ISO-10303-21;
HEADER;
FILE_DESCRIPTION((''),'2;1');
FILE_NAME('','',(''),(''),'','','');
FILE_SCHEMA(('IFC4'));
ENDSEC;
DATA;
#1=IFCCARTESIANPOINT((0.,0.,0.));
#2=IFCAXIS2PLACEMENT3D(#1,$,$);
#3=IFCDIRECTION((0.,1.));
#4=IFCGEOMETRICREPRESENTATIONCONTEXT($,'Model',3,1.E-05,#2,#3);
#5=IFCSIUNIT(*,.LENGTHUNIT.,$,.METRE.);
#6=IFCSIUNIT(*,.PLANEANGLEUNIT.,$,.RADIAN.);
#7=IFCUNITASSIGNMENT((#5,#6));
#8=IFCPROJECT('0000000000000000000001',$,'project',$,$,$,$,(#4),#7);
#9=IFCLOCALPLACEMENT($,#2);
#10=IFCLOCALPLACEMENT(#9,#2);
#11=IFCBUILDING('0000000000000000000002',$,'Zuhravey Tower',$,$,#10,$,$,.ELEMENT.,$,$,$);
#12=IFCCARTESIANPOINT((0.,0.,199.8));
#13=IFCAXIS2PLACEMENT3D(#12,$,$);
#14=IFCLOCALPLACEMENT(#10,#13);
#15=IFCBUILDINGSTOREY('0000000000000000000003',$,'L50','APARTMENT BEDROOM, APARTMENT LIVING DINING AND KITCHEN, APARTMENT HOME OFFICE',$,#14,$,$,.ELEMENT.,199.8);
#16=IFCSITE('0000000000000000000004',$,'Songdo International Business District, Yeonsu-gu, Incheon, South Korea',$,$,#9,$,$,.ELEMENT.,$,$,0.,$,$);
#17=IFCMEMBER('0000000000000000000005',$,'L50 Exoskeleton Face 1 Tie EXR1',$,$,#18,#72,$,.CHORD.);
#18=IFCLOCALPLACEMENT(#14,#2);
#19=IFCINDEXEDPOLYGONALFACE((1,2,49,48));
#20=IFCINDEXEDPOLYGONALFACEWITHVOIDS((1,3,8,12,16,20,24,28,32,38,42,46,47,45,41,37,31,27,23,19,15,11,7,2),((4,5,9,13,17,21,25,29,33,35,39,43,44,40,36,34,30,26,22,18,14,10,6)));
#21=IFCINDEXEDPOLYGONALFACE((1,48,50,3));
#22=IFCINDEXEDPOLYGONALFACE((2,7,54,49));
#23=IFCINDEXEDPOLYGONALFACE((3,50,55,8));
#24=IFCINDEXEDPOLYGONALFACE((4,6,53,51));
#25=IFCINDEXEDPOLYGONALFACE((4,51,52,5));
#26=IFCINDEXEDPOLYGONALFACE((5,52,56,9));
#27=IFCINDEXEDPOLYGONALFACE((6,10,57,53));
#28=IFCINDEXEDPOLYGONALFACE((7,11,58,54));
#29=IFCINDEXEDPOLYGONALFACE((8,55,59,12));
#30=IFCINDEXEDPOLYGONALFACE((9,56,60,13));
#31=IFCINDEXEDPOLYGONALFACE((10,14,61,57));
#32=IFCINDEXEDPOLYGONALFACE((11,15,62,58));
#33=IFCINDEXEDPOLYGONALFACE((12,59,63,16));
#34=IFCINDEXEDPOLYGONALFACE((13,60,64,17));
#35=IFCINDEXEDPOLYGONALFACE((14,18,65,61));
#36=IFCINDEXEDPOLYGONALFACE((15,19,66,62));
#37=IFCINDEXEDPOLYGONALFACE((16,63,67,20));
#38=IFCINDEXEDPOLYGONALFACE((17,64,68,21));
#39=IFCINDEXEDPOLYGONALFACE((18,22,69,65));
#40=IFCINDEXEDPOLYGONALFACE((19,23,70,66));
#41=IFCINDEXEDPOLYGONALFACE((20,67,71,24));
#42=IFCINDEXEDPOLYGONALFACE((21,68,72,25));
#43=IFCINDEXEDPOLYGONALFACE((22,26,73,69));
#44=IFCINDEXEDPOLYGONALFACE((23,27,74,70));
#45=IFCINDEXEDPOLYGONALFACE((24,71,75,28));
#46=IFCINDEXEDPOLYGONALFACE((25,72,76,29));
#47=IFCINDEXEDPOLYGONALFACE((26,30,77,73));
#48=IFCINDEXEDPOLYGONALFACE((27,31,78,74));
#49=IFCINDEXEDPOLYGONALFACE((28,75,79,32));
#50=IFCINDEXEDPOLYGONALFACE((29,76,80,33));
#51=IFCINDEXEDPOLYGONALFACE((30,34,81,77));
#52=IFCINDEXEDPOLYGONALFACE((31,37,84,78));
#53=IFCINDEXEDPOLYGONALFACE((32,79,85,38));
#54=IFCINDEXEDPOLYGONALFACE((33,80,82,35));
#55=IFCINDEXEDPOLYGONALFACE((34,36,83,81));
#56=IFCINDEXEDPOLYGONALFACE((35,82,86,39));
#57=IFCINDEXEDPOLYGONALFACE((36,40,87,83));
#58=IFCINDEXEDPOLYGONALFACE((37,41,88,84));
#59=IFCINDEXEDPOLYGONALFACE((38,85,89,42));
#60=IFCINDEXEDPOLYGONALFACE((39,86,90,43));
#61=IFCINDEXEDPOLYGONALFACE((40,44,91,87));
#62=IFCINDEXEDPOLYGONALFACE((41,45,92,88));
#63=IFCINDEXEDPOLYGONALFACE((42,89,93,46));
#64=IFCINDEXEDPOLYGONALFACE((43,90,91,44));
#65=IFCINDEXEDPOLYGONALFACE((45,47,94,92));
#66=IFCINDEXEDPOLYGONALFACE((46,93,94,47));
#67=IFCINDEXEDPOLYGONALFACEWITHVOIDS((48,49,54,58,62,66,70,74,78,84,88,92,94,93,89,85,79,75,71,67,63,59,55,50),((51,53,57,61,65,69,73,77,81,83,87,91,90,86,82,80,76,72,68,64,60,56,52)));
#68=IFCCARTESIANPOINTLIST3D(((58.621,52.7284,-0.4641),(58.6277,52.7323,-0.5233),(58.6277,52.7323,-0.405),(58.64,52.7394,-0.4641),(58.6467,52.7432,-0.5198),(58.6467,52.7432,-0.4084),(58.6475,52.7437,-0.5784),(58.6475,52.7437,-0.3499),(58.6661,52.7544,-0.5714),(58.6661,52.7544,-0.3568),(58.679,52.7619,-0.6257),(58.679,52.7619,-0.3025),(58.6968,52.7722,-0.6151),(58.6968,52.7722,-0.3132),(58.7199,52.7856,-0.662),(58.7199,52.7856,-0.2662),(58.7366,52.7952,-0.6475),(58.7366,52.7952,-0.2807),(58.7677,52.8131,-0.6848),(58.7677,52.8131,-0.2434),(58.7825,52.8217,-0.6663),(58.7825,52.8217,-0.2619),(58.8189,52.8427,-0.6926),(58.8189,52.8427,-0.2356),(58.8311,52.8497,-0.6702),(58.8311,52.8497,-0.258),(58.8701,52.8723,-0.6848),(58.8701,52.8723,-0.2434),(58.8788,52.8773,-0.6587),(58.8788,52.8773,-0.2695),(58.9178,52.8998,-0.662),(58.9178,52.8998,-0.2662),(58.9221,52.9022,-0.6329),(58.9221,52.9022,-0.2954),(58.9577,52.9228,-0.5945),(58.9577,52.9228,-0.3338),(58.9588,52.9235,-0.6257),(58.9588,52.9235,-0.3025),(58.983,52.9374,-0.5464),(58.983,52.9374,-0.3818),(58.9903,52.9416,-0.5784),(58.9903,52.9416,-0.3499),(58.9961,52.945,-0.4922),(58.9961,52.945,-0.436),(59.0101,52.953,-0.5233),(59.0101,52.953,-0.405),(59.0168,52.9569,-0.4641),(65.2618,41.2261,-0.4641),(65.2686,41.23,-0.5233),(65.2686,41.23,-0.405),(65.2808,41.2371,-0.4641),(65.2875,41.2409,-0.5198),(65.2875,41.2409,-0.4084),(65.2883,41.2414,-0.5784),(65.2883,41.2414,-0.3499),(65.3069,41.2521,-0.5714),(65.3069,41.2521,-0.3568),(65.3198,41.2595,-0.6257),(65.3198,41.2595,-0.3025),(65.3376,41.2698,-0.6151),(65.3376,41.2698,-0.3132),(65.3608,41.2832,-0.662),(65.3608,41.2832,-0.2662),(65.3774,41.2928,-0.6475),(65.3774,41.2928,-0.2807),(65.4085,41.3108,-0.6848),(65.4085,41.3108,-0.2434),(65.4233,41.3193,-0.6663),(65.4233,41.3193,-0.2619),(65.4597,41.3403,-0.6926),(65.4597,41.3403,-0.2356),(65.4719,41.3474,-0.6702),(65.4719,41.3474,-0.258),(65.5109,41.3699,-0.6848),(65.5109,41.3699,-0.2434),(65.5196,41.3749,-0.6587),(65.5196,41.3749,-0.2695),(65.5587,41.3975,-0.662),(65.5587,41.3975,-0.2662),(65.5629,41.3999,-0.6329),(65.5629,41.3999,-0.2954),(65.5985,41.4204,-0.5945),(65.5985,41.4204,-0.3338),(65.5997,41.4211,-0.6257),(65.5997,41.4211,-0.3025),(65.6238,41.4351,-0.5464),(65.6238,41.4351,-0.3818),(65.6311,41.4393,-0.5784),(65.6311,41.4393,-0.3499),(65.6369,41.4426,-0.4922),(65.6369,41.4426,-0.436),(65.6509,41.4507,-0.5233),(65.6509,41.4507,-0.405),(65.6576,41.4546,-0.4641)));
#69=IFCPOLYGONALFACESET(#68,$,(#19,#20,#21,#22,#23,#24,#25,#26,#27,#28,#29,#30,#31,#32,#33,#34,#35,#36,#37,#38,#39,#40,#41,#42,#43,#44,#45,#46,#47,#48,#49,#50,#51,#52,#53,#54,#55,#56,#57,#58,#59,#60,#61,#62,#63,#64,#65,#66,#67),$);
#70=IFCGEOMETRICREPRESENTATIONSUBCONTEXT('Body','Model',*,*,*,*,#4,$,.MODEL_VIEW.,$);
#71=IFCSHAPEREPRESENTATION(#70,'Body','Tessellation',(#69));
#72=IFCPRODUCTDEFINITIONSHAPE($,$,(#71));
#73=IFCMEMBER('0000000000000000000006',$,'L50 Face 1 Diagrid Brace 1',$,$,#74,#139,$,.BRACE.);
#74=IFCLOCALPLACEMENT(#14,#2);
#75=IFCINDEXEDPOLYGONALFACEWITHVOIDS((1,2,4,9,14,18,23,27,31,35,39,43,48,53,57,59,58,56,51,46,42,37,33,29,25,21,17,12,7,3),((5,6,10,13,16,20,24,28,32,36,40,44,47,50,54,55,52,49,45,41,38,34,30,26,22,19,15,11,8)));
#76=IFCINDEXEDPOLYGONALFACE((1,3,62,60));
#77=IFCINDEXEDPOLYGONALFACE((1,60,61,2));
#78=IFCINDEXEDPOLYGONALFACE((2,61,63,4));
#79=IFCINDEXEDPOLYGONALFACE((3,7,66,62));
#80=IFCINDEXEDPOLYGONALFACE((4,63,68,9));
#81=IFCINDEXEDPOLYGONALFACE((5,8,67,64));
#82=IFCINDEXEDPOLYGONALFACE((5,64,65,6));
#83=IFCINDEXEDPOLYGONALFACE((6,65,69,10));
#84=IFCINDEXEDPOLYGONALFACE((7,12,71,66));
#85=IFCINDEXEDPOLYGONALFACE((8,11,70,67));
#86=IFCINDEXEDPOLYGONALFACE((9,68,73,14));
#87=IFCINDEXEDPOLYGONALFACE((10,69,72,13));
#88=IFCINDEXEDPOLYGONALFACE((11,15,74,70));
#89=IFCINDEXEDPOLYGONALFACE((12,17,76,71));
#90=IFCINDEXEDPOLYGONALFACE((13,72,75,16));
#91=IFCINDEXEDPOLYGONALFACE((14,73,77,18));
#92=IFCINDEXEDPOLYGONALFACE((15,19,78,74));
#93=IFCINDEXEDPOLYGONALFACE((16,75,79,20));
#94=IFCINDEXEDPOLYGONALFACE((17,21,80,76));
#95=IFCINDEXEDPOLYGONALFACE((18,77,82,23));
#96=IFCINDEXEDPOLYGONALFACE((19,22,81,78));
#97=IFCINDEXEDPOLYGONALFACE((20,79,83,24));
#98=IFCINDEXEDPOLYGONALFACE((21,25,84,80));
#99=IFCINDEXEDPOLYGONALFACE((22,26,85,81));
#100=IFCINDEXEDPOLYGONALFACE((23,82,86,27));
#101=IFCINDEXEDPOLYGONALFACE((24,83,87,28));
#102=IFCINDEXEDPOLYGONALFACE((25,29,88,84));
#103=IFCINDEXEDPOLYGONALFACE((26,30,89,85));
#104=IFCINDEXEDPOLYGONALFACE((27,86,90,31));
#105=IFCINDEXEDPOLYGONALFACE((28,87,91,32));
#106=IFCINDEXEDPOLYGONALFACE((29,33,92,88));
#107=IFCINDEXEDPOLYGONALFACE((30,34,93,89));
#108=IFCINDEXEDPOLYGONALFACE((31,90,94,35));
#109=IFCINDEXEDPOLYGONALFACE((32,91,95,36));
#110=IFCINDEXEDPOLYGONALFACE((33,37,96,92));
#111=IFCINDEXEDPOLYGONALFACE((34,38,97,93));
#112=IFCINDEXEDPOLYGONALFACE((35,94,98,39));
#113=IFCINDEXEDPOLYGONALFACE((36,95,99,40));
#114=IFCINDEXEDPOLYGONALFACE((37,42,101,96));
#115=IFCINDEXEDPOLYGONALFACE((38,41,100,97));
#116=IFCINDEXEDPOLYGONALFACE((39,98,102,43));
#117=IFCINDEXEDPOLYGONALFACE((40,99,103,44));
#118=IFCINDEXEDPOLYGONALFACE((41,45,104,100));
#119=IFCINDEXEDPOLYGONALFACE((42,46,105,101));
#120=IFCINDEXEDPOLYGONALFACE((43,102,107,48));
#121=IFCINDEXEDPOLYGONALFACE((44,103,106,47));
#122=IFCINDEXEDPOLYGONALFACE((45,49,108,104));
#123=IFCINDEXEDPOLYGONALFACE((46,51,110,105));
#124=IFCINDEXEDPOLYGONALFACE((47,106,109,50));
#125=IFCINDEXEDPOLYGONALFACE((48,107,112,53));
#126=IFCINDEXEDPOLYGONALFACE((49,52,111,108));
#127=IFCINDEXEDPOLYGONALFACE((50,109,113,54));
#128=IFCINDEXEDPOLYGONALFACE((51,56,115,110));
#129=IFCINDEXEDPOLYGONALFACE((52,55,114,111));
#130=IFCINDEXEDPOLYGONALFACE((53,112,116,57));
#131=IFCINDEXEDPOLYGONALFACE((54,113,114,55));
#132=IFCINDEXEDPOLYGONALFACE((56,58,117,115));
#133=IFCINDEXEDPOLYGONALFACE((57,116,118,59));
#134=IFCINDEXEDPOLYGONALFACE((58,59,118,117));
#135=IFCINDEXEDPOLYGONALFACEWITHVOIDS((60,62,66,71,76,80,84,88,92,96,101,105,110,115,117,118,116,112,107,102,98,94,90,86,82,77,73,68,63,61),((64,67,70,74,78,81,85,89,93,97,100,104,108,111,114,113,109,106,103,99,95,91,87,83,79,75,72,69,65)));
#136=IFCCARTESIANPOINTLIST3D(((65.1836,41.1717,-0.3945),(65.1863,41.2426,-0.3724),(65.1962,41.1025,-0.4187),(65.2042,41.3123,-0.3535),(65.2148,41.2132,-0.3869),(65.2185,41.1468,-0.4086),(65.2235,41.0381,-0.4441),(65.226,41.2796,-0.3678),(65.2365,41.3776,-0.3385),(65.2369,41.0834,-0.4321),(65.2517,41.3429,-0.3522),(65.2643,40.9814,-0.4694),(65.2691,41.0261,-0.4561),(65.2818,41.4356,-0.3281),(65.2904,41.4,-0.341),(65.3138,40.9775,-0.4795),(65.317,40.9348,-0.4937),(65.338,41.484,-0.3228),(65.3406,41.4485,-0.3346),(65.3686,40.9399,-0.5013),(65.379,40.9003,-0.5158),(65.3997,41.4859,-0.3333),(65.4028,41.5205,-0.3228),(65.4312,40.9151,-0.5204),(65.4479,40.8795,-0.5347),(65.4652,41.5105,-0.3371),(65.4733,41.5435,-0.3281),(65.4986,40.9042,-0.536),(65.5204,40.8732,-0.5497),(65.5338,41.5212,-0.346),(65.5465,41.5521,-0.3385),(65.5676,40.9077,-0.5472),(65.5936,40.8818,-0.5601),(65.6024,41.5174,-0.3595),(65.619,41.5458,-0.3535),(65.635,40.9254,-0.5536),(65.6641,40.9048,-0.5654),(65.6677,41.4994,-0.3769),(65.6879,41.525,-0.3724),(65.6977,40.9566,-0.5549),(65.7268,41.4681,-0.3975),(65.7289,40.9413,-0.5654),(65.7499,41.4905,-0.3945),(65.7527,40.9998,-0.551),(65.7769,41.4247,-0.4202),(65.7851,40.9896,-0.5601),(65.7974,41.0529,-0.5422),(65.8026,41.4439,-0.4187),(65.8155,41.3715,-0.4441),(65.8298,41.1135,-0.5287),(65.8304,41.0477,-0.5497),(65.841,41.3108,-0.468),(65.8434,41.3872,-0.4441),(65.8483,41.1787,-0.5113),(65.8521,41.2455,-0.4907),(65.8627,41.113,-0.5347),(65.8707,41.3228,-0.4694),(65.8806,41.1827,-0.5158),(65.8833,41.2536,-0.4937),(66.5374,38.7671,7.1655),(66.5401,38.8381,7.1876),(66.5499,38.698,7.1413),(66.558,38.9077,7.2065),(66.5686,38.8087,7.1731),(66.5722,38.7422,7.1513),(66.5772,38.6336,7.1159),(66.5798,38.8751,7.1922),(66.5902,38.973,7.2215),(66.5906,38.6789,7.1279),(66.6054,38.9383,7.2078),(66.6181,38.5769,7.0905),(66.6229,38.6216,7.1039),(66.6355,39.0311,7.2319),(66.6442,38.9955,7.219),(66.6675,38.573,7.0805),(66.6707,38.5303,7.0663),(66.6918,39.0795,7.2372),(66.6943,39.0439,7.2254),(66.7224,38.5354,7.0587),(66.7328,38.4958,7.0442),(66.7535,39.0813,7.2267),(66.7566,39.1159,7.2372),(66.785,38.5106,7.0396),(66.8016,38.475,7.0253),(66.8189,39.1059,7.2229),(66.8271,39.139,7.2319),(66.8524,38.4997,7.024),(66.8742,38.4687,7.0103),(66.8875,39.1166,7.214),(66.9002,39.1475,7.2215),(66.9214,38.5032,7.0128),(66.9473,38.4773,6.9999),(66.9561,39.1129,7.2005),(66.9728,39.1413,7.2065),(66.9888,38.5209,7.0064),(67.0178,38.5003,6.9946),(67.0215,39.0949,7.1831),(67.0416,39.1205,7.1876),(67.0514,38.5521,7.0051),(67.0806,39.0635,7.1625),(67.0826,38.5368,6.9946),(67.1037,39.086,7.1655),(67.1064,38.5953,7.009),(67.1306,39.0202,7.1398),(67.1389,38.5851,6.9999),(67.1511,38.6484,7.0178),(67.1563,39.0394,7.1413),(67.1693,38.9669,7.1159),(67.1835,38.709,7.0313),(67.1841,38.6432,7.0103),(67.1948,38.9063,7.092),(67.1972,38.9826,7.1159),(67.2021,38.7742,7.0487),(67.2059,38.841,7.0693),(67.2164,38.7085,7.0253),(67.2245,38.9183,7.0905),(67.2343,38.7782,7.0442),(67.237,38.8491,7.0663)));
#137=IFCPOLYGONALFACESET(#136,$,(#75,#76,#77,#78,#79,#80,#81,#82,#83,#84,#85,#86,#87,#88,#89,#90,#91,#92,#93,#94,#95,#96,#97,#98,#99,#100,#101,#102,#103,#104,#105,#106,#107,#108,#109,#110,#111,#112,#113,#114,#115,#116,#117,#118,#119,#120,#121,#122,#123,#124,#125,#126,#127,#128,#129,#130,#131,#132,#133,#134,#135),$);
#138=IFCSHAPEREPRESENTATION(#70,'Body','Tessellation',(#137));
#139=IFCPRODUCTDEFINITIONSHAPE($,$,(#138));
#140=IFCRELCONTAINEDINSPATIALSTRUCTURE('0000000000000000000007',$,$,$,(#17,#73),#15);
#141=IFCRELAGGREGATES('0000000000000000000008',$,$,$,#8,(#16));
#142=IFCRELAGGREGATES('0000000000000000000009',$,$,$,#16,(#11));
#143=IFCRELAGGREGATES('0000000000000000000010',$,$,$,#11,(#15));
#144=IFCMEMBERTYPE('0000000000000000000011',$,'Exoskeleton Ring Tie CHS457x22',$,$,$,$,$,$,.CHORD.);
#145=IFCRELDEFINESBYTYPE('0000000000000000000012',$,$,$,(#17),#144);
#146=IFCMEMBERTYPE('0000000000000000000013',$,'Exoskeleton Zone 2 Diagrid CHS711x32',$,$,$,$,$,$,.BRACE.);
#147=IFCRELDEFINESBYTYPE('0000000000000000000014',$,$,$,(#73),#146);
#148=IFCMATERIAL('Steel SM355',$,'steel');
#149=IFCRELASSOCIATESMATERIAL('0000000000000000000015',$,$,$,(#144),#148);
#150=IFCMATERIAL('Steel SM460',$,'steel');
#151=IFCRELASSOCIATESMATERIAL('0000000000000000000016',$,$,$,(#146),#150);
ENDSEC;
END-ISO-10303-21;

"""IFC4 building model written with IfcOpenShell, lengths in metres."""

from ifc_helpers import new_model, si_unit, direction, frame, origin, origin_2d, place, context, subcontext, project, spatial, hollow_circle, extrude, material, material_profile, profile_set, type_object, element, save


model = new_model("IFC4")

# Units and contexts
model_context = context("Model", 3, precision=1e-05, world=origin(), true_north=direction((0.0, 1.0)))
body_context = subcontext(model_context, "Body", "Model", "MODEL_VIEW")
ifc_project = project(units=[si_unit("LENGTHUNIT", "METRE"), si_unit("PLANEANGLEUNIT", "RADIAN")], contexts=[model_context])

# Site, building, storey
site_placement = place(None, origin())
site = spatial("IfcSite", under=ifc_project, at=site_placement, Name="Songdo International Business District, Yeonsu-gu, Incheon, South Korea", CompositionType="ELEMENT", RefElevation=0.0)
building_placement = place(site_placement, origin())
building = spatial("IfcBuilding", under=site, at=building_placement, Name="Zuhravey Tower", CompositionType="ELEMENT")
storey_placement = place(building_placement, frame((0.0, 0.0, 199.8)))
storey = spatial("IfcBuildingStorey", under=building, at=storey_placement, Name="L50", Description="APARTMENT BEDROOM, APARTMENT LIVING DINING AND KITCHEN, APARTMENT HOME OFFICE", CompositionType="ELEMENT", Elevation=199.8)

# Members
ifc_material_1 = material(Name="Steel SM355", Category="steel")
ifc_material_profile_1 = material_profile(ifc_material_1, hollow_circle(Radius=0.2285, WallThickness=0.022, at=origin_2d()), Name="CHS-457.2x22")
ifc_profile_set_1 = profile_set([ifc_material_profile_1], Name="Steel SM355")
member_type_1 = type_object("IfcMemberType", Name="Exoskeleton Ring Tie CHS457x22", PredefinedType="CHORD", material=ifc_profile_set_1)
member_1_placement = place(storey_placement, frame((65.4597, 41.3403, -0.4641), z_axis=(-0.499996, 0.866028, 0.0), x_axis=(-0.866028, -0.499996, 0.0)))
element("IfcMember", 1, at=member_1_placement, inside=storey, type_object=member_type_1, Name="L50 Exoskeleton Face 1 Tie EXR1", PredefinedType="CHORD", context=body_context, shape_type="SweptSolid", body=[
    extrude(hollow_circle(Radius=0.2285, WallThickness=0.022, at=origin_2d()), origin(), (0.0, 0.0, 1.0), 13.2817),
])
ifc_material_2 = material(Name="Steel SM460", Category="steel")
ifc_material_profile_2 = material_profile(ifc_material_2, hollow_circle(Radius=0.3557, WallThickness=0.032, at=origin_2d()), Name="CHS-711.2x32")
ifc_profile_set_2 = profile_set([ifc_material_profile_2], Name="Steel SM460")
member_type_2 = type_object("IfcMemberType", Name="Exoskeleton Zone 2 Diagrid CHS711x32", PredefinedType="BRACE", material=ifc_profile_set_2)
member_2_placement = place(storey_placement, frame((65.5334, 41.2126, -0.4441), z_axis=(0.168212, -0.298778, 0.939381), x_axis=(0.871389, 0.490593, 0.0)))
element("IfcMember", 2, at=member_2_placement, inside=storey, type_object=member_type_2, Name="L50 Face 1 Diagrid Brace 1", PredefinedType="BRACE", context=body_context, shape_type="SweptSolid", body=[
    extrude(hollow_circle(Radius=0.3557, WallThickness=0.032, at=origin_2d()), origin(), (0.0, 0.0, 1.0), 8.0479),
])

save(model, "model.ifc")
